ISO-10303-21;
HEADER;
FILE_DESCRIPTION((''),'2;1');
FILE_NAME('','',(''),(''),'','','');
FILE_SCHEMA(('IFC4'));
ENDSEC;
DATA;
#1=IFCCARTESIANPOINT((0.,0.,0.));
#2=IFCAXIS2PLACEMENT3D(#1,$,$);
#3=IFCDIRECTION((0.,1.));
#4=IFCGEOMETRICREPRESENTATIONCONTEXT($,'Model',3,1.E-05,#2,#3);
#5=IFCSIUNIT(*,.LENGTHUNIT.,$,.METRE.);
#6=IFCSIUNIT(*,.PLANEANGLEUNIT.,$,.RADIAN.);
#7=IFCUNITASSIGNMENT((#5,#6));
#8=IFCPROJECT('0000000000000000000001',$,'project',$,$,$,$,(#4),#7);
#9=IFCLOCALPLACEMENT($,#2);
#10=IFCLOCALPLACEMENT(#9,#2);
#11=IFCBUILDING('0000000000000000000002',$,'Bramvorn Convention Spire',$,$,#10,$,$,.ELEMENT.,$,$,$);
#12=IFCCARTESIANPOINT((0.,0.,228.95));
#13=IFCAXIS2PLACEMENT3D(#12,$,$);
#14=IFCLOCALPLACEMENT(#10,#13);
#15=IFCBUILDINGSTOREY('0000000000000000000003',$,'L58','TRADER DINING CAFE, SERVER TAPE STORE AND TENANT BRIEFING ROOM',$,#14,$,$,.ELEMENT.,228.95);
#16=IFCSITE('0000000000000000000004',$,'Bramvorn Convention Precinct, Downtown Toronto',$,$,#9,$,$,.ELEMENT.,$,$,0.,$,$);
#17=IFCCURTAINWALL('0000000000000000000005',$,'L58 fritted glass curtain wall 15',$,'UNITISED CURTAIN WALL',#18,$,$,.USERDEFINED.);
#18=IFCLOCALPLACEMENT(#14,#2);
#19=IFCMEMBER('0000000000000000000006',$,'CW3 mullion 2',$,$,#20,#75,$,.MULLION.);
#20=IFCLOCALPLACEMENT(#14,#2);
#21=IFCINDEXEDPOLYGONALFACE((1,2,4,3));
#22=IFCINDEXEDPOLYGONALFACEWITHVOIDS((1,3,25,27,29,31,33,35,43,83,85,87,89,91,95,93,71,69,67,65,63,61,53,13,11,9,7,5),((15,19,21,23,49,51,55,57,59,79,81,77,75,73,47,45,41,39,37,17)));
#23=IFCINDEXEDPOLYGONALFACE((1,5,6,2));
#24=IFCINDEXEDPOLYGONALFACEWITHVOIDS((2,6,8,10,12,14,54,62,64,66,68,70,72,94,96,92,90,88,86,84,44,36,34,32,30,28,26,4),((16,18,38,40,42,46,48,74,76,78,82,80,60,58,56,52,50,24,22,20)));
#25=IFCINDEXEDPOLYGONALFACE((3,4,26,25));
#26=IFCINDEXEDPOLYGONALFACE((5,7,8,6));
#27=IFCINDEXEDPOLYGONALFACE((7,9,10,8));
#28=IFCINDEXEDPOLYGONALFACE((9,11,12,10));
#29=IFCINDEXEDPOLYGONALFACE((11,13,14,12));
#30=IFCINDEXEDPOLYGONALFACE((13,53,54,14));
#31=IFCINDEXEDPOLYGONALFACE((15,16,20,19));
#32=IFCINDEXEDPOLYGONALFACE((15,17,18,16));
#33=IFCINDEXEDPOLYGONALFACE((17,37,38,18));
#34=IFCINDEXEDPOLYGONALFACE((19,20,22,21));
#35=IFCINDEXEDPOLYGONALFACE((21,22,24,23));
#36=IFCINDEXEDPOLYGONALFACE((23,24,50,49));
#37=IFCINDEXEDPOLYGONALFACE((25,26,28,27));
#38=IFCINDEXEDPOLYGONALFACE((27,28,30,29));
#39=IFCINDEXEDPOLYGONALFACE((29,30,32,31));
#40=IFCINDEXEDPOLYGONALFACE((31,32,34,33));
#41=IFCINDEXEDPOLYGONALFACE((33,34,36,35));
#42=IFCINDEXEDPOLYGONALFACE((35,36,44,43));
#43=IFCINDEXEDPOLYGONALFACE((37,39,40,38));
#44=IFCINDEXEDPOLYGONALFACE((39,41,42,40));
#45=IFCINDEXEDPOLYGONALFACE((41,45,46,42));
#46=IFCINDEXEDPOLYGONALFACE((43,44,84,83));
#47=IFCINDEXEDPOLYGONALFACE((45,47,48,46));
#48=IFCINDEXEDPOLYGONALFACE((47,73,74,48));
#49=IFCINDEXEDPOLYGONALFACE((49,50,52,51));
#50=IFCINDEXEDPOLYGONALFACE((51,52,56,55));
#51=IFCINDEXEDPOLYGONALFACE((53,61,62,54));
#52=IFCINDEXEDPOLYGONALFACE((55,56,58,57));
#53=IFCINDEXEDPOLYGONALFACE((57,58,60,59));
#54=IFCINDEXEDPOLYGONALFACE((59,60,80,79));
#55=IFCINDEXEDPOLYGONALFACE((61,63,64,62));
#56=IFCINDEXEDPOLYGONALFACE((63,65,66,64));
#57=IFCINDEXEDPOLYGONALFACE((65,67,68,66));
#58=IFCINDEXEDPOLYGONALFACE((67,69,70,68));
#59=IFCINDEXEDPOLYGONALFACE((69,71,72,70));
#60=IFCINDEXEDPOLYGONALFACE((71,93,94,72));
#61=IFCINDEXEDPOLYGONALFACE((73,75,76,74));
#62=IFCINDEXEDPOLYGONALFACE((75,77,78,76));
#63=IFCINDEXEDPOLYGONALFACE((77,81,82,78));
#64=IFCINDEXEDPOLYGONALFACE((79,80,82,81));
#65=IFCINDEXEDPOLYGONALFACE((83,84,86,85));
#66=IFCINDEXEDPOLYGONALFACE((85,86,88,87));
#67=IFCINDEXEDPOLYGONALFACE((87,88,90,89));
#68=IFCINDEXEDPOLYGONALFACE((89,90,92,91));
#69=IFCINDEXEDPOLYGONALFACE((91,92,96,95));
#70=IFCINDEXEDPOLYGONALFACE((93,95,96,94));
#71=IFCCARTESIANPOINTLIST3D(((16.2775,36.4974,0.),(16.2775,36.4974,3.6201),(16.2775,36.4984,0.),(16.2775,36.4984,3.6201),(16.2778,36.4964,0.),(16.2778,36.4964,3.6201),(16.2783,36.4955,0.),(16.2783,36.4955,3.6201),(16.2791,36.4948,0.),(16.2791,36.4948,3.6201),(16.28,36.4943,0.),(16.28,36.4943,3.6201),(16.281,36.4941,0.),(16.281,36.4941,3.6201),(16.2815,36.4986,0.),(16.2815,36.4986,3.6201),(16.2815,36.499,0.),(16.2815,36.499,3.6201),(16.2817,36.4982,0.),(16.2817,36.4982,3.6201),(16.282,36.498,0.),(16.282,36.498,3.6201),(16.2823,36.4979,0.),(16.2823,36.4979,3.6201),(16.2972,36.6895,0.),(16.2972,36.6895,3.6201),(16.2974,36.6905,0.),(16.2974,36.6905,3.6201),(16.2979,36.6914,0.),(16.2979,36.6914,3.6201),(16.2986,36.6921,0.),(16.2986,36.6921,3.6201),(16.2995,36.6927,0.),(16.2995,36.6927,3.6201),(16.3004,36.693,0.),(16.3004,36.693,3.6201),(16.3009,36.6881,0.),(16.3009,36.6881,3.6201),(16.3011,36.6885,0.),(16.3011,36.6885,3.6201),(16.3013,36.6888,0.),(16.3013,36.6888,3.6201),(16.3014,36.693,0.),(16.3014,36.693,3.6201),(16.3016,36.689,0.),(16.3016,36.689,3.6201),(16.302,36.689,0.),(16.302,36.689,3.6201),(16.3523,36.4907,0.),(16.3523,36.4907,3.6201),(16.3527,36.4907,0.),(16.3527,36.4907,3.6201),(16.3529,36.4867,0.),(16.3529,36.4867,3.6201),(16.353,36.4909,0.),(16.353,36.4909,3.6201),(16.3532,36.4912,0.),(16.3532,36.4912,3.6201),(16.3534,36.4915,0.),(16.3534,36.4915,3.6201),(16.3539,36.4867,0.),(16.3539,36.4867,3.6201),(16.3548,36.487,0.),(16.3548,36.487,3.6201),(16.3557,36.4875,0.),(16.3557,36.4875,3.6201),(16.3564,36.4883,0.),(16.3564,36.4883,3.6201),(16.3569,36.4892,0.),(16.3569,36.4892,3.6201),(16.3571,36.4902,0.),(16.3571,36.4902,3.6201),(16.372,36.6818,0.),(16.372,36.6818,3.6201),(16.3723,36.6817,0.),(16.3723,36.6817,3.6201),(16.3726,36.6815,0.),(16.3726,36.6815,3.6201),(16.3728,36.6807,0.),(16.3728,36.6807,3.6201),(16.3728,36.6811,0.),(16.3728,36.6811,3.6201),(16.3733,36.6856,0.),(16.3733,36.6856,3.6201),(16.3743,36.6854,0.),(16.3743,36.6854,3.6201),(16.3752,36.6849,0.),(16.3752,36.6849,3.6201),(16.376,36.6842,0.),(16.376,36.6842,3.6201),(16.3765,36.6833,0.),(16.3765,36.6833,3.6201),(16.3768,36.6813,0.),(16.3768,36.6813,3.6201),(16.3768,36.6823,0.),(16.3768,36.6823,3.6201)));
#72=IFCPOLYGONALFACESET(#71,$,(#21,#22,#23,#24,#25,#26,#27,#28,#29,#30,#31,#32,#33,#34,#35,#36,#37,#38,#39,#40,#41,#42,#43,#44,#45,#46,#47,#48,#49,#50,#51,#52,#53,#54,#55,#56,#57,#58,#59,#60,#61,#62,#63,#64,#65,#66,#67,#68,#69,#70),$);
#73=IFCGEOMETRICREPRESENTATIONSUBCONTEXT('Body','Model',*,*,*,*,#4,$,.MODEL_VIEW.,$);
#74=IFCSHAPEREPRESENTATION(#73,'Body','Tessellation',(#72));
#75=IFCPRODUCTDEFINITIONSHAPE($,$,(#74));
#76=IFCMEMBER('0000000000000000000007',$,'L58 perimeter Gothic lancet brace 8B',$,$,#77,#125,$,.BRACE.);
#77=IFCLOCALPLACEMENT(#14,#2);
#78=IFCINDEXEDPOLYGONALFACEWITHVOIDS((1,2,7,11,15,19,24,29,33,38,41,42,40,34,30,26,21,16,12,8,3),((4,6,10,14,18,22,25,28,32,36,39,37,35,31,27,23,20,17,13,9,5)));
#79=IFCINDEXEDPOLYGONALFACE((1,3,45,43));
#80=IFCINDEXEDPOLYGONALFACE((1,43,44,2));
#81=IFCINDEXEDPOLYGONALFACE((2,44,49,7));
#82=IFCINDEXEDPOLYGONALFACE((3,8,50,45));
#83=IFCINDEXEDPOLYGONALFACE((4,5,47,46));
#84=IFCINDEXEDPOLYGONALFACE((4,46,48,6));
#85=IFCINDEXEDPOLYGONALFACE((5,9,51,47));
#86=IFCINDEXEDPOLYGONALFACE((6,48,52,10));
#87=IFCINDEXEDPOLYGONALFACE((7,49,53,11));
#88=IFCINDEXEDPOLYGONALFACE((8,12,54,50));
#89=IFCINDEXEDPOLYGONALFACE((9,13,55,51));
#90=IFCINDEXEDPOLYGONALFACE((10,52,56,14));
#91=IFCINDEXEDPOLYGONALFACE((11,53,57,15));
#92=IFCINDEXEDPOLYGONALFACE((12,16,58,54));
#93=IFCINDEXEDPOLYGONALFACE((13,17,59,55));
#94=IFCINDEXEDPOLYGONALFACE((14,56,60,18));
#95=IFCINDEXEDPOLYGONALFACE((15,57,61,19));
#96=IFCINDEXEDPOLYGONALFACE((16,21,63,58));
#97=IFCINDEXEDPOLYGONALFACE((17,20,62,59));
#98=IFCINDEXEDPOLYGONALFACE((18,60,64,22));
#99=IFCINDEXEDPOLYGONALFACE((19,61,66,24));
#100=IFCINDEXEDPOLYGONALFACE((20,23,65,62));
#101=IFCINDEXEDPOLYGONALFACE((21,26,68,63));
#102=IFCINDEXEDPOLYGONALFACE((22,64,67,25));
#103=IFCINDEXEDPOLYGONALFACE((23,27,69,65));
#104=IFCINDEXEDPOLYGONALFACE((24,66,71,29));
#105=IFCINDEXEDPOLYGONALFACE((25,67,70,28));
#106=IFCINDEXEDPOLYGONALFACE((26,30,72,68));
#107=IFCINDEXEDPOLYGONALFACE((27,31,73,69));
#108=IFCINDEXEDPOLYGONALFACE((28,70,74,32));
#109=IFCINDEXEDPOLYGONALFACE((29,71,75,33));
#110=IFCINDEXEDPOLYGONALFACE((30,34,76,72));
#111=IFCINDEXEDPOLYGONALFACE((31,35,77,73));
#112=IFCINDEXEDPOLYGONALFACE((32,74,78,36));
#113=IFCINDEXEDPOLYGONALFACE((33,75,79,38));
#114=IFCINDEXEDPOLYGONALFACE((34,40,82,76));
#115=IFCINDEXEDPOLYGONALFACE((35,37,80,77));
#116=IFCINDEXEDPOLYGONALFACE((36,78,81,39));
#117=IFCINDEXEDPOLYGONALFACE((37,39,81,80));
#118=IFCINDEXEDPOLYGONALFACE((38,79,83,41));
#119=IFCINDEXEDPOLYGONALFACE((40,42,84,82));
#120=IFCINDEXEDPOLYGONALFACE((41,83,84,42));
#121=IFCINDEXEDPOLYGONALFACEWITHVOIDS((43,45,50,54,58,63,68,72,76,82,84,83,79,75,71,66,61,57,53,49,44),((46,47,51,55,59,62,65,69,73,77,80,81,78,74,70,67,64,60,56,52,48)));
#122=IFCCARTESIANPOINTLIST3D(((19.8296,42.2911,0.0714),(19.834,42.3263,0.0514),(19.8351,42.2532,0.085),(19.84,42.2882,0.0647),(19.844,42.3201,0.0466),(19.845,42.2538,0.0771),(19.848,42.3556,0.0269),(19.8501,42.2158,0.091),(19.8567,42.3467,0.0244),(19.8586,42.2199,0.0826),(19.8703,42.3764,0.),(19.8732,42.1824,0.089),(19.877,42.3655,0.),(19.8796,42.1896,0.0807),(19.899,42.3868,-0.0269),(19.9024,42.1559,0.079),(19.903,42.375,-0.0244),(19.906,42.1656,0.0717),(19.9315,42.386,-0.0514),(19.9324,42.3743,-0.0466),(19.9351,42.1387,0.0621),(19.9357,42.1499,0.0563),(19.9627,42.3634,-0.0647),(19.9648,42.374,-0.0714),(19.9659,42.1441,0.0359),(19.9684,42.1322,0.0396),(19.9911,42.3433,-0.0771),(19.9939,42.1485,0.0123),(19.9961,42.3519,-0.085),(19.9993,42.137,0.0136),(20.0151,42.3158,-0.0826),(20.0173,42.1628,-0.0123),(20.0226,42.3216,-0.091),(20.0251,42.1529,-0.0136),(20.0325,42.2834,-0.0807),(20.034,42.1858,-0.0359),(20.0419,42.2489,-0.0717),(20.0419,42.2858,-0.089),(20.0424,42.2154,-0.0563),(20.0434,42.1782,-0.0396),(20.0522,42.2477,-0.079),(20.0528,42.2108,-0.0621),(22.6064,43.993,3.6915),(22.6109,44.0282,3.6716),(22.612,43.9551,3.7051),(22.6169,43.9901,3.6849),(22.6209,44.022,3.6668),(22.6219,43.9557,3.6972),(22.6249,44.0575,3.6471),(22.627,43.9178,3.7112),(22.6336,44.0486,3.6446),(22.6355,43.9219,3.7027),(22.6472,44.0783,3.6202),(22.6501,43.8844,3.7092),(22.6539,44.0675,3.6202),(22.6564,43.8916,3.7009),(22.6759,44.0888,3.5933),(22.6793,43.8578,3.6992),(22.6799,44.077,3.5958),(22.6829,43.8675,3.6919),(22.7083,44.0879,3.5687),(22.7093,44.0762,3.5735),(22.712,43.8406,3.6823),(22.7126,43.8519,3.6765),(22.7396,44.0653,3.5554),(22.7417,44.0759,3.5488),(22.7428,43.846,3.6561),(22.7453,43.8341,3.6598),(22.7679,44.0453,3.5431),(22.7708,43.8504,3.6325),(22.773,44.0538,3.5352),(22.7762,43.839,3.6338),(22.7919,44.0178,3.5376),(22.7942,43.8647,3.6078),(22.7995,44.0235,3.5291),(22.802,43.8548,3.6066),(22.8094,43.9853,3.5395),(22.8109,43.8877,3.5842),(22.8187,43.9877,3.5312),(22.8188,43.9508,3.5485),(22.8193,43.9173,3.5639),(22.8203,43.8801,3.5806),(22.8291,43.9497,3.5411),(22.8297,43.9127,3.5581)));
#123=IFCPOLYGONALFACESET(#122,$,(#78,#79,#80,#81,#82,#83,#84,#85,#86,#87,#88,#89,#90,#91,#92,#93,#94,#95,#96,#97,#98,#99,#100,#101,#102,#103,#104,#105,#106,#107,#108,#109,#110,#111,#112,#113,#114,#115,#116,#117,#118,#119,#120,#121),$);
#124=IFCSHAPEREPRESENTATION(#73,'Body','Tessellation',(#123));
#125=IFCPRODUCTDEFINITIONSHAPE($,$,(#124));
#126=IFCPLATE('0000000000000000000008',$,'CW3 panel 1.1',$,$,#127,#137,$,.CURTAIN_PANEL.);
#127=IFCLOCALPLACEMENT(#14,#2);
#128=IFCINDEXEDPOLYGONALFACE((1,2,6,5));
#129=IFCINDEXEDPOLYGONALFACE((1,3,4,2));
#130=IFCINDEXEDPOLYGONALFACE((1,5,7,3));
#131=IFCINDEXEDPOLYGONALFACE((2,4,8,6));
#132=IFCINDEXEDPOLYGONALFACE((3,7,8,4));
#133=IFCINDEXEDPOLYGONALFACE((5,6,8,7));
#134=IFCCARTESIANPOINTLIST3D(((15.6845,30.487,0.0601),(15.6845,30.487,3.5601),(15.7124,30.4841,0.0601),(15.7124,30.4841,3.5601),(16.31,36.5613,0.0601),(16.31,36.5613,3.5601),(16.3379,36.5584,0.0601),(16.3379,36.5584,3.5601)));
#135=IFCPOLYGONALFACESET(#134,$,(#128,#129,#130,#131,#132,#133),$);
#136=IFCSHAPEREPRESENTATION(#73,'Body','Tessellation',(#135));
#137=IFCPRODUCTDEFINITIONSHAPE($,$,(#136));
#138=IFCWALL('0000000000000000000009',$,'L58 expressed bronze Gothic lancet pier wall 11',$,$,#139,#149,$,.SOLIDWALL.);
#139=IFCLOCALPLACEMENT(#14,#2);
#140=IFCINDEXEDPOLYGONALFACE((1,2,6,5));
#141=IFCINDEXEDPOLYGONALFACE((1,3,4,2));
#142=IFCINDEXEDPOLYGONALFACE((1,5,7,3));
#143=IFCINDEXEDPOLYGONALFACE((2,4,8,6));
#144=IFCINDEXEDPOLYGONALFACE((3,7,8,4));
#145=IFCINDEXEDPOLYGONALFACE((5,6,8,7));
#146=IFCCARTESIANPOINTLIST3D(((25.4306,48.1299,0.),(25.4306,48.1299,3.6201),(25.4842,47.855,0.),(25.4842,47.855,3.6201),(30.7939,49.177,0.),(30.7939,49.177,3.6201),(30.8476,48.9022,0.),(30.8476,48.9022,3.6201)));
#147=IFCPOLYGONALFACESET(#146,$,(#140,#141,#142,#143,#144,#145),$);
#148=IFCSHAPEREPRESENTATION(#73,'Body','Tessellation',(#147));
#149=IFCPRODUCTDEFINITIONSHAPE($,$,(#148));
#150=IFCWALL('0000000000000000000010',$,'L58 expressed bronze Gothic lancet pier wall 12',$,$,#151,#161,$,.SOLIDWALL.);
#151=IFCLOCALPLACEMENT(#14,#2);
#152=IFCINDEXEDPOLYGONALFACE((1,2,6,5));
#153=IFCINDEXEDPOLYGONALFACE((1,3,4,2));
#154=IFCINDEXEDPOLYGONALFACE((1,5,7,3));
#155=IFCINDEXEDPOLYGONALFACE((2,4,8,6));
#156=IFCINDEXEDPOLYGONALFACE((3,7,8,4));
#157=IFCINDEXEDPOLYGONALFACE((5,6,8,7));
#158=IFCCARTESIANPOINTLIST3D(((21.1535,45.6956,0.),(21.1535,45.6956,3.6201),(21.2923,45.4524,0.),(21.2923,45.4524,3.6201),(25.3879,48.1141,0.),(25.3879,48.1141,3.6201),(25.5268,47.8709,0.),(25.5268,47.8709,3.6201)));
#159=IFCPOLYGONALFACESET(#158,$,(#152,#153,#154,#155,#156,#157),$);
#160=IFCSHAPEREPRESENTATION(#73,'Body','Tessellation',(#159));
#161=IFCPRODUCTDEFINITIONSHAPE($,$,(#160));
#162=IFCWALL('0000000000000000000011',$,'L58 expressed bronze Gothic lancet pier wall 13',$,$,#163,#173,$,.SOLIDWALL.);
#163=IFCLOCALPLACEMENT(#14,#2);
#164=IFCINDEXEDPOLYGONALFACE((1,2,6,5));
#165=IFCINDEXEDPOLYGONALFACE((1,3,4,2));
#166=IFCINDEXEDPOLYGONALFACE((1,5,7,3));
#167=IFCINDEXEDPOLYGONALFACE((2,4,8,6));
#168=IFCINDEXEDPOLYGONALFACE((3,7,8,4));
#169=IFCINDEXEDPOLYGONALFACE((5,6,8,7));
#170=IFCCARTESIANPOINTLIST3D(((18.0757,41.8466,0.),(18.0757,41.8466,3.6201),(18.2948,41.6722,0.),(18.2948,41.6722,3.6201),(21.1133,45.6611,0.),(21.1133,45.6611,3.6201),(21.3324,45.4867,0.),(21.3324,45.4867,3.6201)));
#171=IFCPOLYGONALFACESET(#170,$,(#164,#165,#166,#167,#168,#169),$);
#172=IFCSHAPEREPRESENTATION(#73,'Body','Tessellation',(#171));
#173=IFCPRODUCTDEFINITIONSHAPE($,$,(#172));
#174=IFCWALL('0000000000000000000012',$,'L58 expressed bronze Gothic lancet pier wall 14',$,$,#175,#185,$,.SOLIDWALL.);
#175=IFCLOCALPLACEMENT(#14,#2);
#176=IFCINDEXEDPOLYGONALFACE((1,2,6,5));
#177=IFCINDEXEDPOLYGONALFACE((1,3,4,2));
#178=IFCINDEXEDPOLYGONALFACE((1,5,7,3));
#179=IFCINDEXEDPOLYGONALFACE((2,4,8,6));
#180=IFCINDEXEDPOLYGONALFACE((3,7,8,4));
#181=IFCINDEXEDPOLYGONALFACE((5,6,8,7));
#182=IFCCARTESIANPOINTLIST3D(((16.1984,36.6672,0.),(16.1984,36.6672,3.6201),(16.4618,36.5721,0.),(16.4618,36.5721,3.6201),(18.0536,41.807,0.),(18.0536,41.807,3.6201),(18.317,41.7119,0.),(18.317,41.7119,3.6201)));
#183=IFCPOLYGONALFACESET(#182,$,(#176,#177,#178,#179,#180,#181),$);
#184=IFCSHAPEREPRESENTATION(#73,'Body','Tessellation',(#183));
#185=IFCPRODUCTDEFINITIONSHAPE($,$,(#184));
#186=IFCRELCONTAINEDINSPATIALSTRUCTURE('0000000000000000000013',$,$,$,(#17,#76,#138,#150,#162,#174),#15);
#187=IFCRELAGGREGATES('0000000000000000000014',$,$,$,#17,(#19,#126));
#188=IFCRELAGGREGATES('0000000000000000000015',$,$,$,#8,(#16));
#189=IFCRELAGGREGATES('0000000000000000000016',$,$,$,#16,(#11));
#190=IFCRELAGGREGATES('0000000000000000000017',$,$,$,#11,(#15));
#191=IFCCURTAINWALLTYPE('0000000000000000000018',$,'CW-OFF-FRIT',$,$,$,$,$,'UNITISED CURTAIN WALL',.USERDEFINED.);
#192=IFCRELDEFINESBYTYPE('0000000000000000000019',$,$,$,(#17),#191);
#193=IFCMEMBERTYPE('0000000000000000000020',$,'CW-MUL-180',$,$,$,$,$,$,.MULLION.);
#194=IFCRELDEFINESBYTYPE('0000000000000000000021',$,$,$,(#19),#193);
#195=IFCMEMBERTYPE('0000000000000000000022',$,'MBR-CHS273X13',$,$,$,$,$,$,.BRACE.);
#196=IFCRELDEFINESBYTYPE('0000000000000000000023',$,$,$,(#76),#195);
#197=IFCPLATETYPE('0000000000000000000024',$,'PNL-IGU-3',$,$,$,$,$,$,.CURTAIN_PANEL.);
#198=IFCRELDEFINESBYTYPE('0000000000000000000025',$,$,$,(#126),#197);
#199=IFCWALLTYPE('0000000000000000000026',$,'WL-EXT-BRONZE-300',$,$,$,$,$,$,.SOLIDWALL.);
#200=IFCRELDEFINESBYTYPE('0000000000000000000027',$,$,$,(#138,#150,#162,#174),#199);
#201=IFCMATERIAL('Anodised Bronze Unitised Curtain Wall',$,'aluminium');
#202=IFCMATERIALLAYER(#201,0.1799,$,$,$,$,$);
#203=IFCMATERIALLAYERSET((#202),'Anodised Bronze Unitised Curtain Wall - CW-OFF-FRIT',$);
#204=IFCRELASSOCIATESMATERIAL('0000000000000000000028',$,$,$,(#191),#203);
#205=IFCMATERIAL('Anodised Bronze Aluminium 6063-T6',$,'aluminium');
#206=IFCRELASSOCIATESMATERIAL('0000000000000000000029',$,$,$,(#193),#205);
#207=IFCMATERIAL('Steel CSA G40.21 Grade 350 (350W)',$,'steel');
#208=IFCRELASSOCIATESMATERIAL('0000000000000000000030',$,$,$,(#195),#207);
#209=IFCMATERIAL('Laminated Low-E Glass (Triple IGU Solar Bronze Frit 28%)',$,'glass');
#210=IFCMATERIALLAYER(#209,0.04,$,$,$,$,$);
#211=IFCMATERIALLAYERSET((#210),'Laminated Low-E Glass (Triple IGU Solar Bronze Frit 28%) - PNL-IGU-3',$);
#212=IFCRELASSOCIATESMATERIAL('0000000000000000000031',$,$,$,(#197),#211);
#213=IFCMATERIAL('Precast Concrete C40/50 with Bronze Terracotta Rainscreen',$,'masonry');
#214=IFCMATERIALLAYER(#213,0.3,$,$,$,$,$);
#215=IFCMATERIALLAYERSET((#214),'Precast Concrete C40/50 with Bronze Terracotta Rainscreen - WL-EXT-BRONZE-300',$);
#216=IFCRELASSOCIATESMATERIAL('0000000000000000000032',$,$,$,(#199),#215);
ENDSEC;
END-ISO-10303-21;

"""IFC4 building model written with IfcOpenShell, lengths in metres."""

from ifc_helpers import new_model, si_unit, direction, frame, frame_2d, origin, origin_2d, place, context, subcontext, project, spatial, rectangle, hollow_rectangle, hollow_circle, extrude, material, layer, layer_set, material_profile, profile_set, type_object, element, aggregate, save


model = new_model("IFC4")

# Units and contexts
model_context = context("Model", 3, precision=1e-05, world=origin(), true_north=direction((0.0, 1.0)))
body_context = subcontext(model_context, "Body", "Model", "MODEL_VIEW")
ifc_project = project(units=[si_unit("LENGTHUNIT", "METRE"), si_unit("PLANEANGLEUNIT", "RADIAN")], contexts=[model_context])

# Site, building, storey
site_placement = place(None, origin())
site = spatial("IfcSite", under=ifc_project, at=site_placement, Name="Bramvorn Convention Precinct, Downtown Toronto", CompositionType="ELEMENT", RefElevation=0.0)
building_placement = place(site_placement, origin())
building = spatial("IfcBuilding", under=site, at=building_placement, Name="Bramvorn Convention Spire", CompositionType="ELEMENT")
storey_placement = place(building_placement, frame((0.0, 0.0, 228.95)))
storey = spatial("IfcBuildingStorey", under=building, at=storey_placement, Name="L58", Description="TRADER DINING CAFE, SERVER TAPE STORE AND TENANT BRIEFING ROOM", CompositionType="ELEMENT", Elevation=228.95)

# Shared definitions
ifc_material_1 = material(Name="Steel CSA G40.21 Grade 350 (350W)", Category="steel")

# Curtain wall, member
ifc_material_2 = material(Name="Anodised Bronze Unitised Curtain Wall", Category="aluminium")
ifc_layer_1 = layer(ifc_material_2, 0.1799)
ifc_layer_set_1 = layer_set([ifc_layer_1], Name="Anodised Bronze Unitised Curtain Wall - CW-OFF-FRIT")
curtain_wall_type = type_object("IfcCurtainWallType", Name="CW-OFF-FRIT", ElementType="UNITISED CURTAIN WALL", PredefinedType="USERDEFINED", material=ifc_layer_set_1)
curtain_wall_placement = place(storey_placement, origin())
curtain_wall = element("IfcCurtainWall", 1, at=curtain_wall_placement, inside=storey, type_object=curtain_wall_type, Name="L58 fritted glass curtain wall 15", ObjectType="UNITISED CURTAIN WALL", PredefinedType="USERDEFINED")
ifc_material_3 = material(Name="Anodised Bronze Aluminium 6063-T6", Category="aluminium")
ifc_material_profile_1 = material_profile(ifc_material_3, hollow_rectangle(XDim=0.0801, YDim=0.2, WallThickness=0.0039, InnerFilletRadius=0.001, OuterFilletRadius=0.0039, at=origin_2d()))
ifc_profile_set_1 = profile_set([ifc_material_profile_1], Name="Anodised Bronze Aluminium 6063-T6 - CWM80X200")
member_type_1 = type_object("IfcMemberType", Name="CW-MUL-180", PredefinedType="MULLION", material=ifc_profile_set_1)
member_1_placement = place(storey_placement, frame((16.3271, 36.5898, 0.0), z_axis=(0.0, 0.0, 1.0), x_axis=(-0.99474, 0.102434, 0.0)))
member_1 = element("IfcMember", 2, at=member_1_placement, type_object=member_type_1, Name="CW3 mullion 2", PredefinedType="MULLION", context=body_context, shape_type="SweptSolid", body=[
    extrude(hollow_rectangle(XDim=0.0801, YDim=0.2, WallThickness=0.0039, InnerFilletRadius=0.001, OuterFilletRadius=0.0039, at=origin_2d()), origin(), (0.0, 0.0, 1.0), 3.6201),
])

# Member
ifc_material_profile_2 = material_profile(ifc_material_1, hollow_circle(Radius=0.1365, WallThickness=0.0127, at=origin_2d()))
ifc_profile_set_2 = profile_set([ifc_material_profile_2], Name="Steel CSA G40.21 Grade 350 (350W) - CHS273X13")
member_type_2 = type_object("IfcMemberType", Name="MBR-CHS273X13", PredefinedType="BRACE", material=ifc_profile_set_2)
member_2_placement = place(storey_placement, frame((19.9417, 42.26, 0.0), z_axis=(0.570247, 0.349498, 0.743417), x_axis=(-0.522553, 0.852607, 0.0)))
element("IfcMember", 3, at=member_2_placement, inside=storey, type_object=member_type_2, Name="L58 perimeter Gothic lancet brace 8B", PredefinedType="BRACE", context=body_context, shape_type="SweptSolid", body=[
    extrude(hollow_circle(Radius=0.1365, WallThickness=0.0127, at=origin_2d()), origin(), (0.0, 0.0, 1.0), 4.8696),
])

# Plate
ifc_material_4 = material(Name="Laminated Low-E Glass (Triple IGU Solar Bronze Frit 28%)", Category="glass")
ifc_layer_2 = layer(ifc_material_4, 0.04)
ifc_layer_set_2 = layer_set([ifc_layer_2], Name="Laminated Low-E Glass (Triple IGU Solar Bronze Frit 28%) - PNL-IGU-3")
plate_type = type_object("IfcPlateType", Name="PNL-IGU-3", PredefinedType="CURTAIN_PANEL", material=ifc_layer_set_2)
plate_placement = place(storey_placement, frame((16.0112, 33.5227, 0.0601), z_axis=(0.0, 0.0, 1.0), x_axis=(0.102434, 0.99474, 0.0)))
plate = element("IfcPlate", 4, at=plate_placement, type_object=plate_type, Name="CW3 panel 1.1", PredefinedType="CURTAIN_PANEL", context=body_context, shape_type="SweptSolid", body=[
    extrude(rectangle(XDim=6.1064, YDim=0.0281, at=origin_2d()), origin(), (0.0, 0.0, 1.0), 3.5),
])
aggregate(curtain_wall, [member_1, plate])

# Walls
ifc_material_5 = material(Name="Precast Concrete C40/50 with Bronze Terracotta Rainscreen", Category="masonry")
ifc_layer_3 = layer(ifc_material_5, 0.3)
ifc_layer_set_3 = layer_set([ifc_layer_3], Name="Precast Concrete C40/50 with Bronze Terracotta Rainscreen - WL-EXT-BRONZE-300")
wall_type_1 = type_object("IfcWallType", Name="WL-EXT-BRONZE-300", PredefinedType="SOLIDWALL", material=ifc_layer_set_3)
wall_1_placement = place(storey_placement, frame((25.4573, 47.9924, 0.0), z_axis=(0.0, 0.0, 1.0), x_axis=(0.981469, 0.191621, 0.0)))
element("IfcWall", 5, at=wall_1_placement, inside=storey, type_object=wall_type_1, Name="L58 expressed bronze Gothic lancet pier wall 11", PredefinedType="SOLIDWALL", context=body_context, shape_type="SweptSolid", body=[
    extrude(rectangle(XDim=5.4646, YDim=0.28, at=frame_2d((2.7324, 0.0))), origin(), (0.0, 0.0, 1.0), 3.6201),
])
wall_2_placement = place(storey_placement, frame((21.2229, 45.574, 0.0), z_axis=(0.0, 0.0, 1.0), x_axis=(0.868348, 0.495956, 0.0)))
element("IfcWall", 6, at=wall_2_placement, inside=storey, type_object=wall_type_1, Name="L58 expressed bronze Gothic lancet pier wall 12", PredefinedType="SOLIDWALL", context=body_context, shape_type="SweptSolid", body=[
    extrude(rectangle(XDim=4.8765, YDim=0.28, at=frame_2d((2.4382, 0.0))), origin(), (0.0, 0.0, 1.0), 3.6201),
])
wall_3_placement = place(storey_placement, frame((18.1853, 41.7595, 0.0), z_axis=(0.0, 0.0, 1.0), x_axis=(0.622947, 0.782264, 0.0)))
element("IfcWall", 7, at=wall_3_placement, inside=storey, type_object=wall_type_1, Name="L58 expressed bronze Gothic lancet pier wall 13", PredefinedType="SOLIDWALL", context=body_context, shape_type="SweptSolid", body=[
    extrude(rectangle(XDim=4.8762, YDim=0.28, at=frame_2d((2.438, 0.0))), origin(), (0.0, 0.0, 1.0), 3.6201),
])
wall_4_placement = place(storey_placement, frame((16.3301, 36.6196, 0.0), z_axis=(0.0, 0.0, 1.0), x_axis=(0.339507, 0.940603, 0.0)))
element("IfcWall", 8, at=wall_4_placement, inside=storey, type_object=wall_type_1, Name="L58 expressed bronze Gothic lancet pier wall 14", PredefinedType="SOLIDWALL", context=body_context, shape_type="SweptSolid", body=[
    extrude(rectangle(XDim=5.4644, YDim=0.28, at=frame_2d((2.7322, 0.0))), origin(), (0.0, 0.0, 1.0), 3.6201),
])

save(model, "model.ifc")
